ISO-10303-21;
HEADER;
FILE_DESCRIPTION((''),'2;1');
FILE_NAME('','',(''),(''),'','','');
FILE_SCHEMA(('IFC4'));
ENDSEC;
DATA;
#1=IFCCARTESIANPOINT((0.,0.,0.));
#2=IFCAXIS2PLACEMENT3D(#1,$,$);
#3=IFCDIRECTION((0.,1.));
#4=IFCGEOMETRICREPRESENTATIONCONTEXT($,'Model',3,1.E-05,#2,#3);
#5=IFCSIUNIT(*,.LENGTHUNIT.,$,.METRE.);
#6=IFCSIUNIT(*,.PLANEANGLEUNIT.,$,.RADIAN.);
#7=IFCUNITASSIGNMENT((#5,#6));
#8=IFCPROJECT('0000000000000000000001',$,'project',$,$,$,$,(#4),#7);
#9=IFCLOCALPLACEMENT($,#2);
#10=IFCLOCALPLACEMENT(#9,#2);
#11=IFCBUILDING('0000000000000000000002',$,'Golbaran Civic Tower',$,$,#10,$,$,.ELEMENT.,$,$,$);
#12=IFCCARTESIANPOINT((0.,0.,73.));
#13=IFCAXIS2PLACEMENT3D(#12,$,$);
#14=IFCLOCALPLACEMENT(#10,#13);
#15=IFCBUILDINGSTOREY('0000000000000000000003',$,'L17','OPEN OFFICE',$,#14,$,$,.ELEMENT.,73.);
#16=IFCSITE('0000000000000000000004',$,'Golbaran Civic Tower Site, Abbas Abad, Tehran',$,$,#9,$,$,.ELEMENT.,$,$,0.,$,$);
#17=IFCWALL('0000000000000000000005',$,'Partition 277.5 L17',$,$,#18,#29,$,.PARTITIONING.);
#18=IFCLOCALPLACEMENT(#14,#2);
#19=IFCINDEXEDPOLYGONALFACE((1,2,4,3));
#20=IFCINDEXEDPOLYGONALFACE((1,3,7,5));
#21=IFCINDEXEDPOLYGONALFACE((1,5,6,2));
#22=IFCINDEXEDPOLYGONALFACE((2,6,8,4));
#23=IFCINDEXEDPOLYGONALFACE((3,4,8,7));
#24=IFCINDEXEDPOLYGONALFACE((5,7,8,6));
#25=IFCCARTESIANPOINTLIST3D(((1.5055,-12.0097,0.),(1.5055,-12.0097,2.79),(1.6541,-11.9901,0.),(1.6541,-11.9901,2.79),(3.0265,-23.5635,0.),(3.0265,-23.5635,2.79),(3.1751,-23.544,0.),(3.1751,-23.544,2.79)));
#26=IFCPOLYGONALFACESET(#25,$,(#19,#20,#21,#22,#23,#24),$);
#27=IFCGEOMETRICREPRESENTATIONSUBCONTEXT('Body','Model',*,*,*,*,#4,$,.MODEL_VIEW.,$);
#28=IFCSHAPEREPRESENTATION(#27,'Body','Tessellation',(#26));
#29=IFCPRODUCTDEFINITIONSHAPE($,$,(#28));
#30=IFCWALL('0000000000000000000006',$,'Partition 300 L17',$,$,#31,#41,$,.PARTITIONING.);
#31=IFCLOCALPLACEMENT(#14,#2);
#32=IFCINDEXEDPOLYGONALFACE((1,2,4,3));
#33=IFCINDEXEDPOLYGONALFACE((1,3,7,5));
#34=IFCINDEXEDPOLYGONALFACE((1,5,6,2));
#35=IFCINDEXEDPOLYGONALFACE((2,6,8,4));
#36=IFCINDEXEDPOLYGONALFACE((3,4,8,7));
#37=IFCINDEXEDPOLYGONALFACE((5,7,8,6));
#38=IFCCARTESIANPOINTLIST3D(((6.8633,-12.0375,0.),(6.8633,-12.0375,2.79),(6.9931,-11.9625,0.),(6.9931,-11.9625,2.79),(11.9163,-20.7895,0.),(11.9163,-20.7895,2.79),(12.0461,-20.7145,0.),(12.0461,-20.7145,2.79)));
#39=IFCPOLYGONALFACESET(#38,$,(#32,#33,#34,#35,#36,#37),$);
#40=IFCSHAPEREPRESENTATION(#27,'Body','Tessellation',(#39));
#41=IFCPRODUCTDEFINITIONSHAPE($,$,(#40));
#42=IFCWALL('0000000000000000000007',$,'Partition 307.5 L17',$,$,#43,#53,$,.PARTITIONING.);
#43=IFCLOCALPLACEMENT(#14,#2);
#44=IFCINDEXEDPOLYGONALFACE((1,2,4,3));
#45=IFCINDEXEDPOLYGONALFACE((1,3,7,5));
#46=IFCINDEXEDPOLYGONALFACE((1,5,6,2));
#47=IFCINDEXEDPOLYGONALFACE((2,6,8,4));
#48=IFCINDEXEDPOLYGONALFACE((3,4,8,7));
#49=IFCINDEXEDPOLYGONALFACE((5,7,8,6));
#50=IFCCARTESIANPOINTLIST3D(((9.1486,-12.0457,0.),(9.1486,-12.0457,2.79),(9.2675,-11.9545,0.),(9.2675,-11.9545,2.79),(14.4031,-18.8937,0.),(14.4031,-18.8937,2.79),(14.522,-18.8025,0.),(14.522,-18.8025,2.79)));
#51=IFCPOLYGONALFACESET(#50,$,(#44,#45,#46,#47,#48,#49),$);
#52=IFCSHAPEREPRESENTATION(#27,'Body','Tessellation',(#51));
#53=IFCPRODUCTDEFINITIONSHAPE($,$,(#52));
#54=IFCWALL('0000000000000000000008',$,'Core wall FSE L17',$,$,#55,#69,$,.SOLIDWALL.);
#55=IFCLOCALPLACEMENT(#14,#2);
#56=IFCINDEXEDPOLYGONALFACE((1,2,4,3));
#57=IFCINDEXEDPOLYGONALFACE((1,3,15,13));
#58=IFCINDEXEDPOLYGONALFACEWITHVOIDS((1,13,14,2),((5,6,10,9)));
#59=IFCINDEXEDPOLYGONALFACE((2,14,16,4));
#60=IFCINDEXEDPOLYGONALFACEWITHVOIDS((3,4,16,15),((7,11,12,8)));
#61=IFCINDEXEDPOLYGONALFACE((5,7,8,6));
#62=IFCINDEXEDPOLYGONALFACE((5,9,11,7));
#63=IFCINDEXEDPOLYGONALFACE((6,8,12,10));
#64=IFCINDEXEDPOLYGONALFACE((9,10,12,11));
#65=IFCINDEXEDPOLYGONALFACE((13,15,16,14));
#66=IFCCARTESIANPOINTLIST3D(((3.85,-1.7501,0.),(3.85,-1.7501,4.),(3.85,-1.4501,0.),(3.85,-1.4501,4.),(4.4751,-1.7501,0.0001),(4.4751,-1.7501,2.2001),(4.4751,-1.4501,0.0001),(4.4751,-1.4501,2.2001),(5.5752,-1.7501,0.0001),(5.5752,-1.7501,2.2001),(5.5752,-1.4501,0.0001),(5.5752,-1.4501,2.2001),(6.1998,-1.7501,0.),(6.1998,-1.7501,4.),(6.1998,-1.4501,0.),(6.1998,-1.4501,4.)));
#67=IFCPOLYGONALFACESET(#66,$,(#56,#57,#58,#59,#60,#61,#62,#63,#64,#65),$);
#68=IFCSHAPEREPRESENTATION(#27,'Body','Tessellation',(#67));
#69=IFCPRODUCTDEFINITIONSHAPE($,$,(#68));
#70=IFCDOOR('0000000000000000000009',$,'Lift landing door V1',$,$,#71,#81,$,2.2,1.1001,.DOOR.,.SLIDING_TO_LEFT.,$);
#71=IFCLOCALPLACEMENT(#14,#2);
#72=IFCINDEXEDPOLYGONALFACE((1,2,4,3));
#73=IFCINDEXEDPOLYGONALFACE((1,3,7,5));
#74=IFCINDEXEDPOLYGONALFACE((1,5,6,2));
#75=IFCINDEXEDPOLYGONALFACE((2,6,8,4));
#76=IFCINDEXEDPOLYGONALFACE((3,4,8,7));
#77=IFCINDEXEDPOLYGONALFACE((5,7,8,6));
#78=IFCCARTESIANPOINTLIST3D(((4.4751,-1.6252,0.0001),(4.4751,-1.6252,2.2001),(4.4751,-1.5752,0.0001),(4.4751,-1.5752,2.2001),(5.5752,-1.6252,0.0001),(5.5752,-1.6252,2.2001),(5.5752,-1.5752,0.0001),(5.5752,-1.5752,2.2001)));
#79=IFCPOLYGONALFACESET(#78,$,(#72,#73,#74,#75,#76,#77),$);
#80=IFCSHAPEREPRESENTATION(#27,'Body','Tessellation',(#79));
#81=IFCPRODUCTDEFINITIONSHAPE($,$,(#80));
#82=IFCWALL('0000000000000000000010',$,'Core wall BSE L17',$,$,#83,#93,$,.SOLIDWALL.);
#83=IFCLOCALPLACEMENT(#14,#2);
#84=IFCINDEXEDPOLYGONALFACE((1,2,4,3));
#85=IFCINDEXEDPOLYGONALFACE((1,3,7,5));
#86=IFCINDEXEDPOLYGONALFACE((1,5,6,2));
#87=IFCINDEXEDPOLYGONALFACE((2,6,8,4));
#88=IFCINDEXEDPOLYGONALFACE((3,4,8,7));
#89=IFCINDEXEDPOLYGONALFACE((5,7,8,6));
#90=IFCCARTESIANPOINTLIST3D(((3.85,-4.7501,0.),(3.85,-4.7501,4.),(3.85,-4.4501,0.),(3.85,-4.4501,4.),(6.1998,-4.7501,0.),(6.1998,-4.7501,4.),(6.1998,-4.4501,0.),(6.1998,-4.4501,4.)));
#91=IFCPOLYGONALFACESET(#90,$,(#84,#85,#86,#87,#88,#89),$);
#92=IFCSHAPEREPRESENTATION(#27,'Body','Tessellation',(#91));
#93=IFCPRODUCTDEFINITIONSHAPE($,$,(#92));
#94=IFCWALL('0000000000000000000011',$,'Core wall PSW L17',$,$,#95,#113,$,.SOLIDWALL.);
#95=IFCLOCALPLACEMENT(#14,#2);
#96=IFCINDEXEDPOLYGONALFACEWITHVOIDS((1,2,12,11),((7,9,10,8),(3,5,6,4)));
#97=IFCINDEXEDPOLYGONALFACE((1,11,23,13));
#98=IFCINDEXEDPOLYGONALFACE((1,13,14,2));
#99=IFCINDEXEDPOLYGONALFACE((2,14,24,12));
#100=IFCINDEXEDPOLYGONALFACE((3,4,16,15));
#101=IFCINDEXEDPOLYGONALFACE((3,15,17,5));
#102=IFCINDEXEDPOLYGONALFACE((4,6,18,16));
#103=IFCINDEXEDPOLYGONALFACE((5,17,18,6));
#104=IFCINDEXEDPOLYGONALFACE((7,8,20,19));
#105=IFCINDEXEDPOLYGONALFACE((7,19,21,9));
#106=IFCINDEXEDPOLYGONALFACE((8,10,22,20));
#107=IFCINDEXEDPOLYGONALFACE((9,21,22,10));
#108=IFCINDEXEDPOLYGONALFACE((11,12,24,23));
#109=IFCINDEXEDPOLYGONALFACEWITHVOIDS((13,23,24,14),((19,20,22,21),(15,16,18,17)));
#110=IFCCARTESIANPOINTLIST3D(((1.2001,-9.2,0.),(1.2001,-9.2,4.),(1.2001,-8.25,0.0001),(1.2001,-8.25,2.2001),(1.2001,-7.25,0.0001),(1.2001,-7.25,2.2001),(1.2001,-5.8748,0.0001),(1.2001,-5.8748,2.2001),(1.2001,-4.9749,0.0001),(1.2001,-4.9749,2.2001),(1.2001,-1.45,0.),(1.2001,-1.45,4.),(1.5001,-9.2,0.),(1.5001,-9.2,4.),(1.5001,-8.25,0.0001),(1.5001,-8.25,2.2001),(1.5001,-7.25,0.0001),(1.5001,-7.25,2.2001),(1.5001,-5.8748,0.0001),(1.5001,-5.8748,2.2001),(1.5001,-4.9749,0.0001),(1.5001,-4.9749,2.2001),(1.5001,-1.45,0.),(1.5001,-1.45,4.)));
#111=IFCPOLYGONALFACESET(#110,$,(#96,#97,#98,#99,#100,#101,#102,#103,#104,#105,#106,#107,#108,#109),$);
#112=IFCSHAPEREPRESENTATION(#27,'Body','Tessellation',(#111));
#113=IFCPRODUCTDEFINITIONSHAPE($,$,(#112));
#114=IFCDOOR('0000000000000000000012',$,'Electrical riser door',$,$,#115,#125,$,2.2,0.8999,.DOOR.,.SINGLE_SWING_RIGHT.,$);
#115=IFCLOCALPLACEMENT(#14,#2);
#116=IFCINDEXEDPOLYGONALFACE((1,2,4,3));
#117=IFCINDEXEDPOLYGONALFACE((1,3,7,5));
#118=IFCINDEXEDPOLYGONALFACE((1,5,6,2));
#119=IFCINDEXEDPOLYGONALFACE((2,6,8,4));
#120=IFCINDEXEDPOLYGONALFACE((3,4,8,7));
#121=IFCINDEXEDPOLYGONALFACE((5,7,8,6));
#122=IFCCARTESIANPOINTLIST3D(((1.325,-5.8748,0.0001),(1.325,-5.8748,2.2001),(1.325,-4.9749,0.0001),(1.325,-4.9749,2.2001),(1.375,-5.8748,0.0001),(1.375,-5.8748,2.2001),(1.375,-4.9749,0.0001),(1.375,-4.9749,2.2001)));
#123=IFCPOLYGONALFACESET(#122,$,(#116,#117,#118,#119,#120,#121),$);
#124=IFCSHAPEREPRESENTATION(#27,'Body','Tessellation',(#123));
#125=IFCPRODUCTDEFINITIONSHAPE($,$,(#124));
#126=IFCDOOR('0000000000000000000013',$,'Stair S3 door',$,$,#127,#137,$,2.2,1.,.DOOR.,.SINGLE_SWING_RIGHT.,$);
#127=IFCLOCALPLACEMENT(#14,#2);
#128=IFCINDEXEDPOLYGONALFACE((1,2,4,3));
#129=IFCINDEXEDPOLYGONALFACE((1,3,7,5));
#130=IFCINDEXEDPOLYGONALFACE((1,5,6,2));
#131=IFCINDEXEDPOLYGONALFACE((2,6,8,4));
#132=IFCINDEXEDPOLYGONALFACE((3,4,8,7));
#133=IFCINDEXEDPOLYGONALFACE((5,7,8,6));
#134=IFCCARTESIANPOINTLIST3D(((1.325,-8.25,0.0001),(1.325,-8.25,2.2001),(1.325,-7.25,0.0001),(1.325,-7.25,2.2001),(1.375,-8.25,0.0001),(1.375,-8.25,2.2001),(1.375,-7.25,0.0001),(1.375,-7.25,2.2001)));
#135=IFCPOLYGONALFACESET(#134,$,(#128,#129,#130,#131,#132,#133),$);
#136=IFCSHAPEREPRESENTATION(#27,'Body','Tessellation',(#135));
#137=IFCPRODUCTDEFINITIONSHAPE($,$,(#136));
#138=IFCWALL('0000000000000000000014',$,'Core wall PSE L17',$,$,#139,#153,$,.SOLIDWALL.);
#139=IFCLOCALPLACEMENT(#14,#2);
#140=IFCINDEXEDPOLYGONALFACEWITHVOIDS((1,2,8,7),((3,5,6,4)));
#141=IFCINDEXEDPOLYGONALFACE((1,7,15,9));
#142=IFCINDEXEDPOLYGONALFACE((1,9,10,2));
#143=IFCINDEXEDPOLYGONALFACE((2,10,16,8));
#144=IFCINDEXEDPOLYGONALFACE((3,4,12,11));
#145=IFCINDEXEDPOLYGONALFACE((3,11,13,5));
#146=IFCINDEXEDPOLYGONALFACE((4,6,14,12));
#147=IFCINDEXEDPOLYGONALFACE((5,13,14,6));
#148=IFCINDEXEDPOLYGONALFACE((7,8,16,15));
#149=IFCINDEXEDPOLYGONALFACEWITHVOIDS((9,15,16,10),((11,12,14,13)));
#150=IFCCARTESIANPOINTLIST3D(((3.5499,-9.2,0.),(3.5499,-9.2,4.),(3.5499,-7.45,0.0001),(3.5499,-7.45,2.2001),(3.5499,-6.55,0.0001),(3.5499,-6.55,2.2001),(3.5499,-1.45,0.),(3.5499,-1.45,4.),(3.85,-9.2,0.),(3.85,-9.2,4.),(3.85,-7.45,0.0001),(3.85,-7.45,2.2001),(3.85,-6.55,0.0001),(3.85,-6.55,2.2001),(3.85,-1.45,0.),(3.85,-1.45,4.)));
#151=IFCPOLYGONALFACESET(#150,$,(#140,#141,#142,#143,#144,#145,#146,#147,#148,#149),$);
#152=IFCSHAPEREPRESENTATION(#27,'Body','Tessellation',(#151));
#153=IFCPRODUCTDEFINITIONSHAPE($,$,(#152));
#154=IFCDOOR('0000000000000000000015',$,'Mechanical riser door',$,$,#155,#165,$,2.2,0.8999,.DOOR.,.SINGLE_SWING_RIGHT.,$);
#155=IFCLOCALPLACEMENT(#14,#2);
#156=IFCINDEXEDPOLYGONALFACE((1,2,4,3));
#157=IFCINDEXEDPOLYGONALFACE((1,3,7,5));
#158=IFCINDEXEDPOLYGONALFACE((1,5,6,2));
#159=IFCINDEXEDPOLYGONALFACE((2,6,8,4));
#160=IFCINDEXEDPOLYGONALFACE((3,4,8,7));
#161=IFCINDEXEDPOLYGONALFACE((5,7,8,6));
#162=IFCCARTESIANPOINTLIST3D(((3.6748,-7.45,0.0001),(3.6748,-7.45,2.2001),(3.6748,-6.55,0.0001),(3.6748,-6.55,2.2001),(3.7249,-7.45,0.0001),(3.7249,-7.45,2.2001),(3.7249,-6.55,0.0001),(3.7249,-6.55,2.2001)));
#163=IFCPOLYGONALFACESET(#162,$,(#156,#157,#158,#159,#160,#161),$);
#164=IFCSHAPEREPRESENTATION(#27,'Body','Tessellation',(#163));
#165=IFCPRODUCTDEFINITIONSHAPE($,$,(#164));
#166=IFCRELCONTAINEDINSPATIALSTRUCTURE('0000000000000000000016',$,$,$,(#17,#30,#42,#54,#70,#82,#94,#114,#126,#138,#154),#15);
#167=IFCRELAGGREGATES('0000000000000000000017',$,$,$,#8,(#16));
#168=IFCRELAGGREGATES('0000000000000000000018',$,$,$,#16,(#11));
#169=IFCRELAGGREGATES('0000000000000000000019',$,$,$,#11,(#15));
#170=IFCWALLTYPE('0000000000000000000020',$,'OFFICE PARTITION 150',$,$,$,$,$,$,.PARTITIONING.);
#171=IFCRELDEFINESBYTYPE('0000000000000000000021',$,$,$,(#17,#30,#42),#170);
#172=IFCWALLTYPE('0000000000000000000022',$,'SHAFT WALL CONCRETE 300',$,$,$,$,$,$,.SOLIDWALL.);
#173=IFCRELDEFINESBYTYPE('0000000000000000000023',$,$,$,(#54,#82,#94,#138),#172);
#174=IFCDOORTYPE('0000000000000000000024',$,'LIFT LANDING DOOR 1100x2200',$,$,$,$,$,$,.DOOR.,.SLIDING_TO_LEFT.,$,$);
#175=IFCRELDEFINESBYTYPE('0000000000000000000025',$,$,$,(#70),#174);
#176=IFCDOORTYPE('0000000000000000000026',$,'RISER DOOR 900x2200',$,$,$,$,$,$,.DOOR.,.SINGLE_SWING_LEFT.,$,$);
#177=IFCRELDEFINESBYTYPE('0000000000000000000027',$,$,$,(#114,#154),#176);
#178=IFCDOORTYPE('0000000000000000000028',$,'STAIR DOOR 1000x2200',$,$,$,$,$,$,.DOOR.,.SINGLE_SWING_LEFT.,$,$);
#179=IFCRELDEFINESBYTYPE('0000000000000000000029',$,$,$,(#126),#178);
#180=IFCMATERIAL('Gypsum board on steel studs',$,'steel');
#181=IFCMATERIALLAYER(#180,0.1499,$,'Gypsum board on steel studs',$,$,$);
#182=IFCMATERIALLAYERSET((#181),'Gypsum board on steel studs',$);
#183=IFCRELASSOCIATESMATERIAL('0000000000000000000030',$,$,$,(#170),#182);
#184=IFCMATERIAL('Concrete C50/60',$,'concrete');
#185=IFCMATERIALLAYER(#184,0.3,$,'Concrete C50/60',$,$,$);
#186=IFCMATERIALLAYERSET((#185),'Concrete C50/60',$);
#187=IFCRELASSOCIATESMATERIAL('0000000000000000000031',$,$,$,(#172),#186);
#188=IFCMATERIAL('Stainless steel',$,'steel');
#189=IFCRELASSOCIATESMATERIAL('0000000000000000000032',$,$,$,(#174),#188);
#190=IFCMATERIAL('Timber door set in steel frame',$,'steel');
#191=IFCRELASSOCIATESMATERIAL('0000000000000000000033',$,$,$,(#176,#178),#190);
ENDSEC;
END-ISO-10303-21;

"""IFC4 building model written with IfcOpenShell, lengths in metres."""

from ifc_helpers import new_model, si_unit, direction, frame, frame_2d, origin, place, context, subcontext, project, spatial, rectangle, extrude, material, layer, layer_set, type_object, element, fill, save


model = new_model("IFC4")

# Units and contexts
model_context = context("Model", 3, precision=1e-05, world=origin(), true_north=direction((0.0, 1.0)))
body_context = subcontext(model_context, "Body", "Model", "MODEL_VIEW")
ifc_project = project(units=[si_unit("LENGTHUNIT", "METRE"), si_unit("PLANEANGLEUNIT", "RADIAN")], contexts=[model_context])

# Site, building, storey
site_placement = place(None, origin())
site = spatial("IfcSite", under=ifc_project, at=site_placement, Name="Golbaran Civic Tower Site, Abbas Abad, Tehran", CompositionType="ELEMENT", RefElevation=0.0)
building_placement = place(site_placement, origin())
building = spatial("IfcBuilding", under=site, at=building_placement, Name="Golbaran Civic Tower", CompositionType="ELEMENT")
storey_placement = place(building_placement, frame((0.0, 0.0, 73.0)))
storey = spatial("IfcBuildingStorey", under=building, at=storey_placement, Name="L17", Description="OPEN OFFICE", CompositionType="ELEMENT", Elevation=73.0)

# Shared definitions
ifc_material_1 = material(Name="Timber door set in steel frame", Category="steel")

# Walls
ifc_material_2 = material(Name="Gypsum board on steel studs", Category="steel")
ifc_layer_1 = layer(ifc_material_2, 0.1499, Name="Gypsum board on steel studs")
ifc_layer_set_1 = layer_set([ifc_layer_1], Name="Gypsum board on steel studs")
wall_type_1 = type_object("IfcWallType", Name="OFFICE PARTITION 150", PredefinedType="PARTITIONING", material=ifc_layer_set_1)
wall_1_placement = place(storey_placement, frame((1.5798, -12.0, 0.0), z_axis=(0.0, 0.0, 1.0), x_axis=(0.130517, -0.991446, 0.0)))
element("IfcWall", 1, at=wall_1_placement, inside=storey, type_object=wall_type_1, Name="Partition 277.5 L17", PredefinedType="PARTITIONING", context=body_context, shape_type="SweptSolid", body=[
    extrude(rectangle(XDim=11.6536, YDim=0.1499, at=frame_2d((5.8267, 0.0))), origin(), (0.0, 0.0, 1.0), 2.79),
])
wall_2_placement = place(storey_placement, frame((6.9282, -12.0, 0.0), z_axis=(0.0, 0.0, 1.0), x_axis=(0.500003, -0.866024, 0.0)))
element("IfcWall", 2, at=wall_2_placement, inside=storey, type_object=wall_type_1, Name="Partition 300 L17", PredefinedType="PARTITIONING", context=body_context, shape_type="SweptSolid", body=[
    extrude(rectangle(XDim=10.106, YDim=0.1499, at=frame_2d((5.053, 0.0))), origin(), (0.0, 0.0, 1.0), 2.79),
])
wall_3_placement = place(storey_placement, frame((9.208, -12.0, 0.0), z_axis=(0.0, 0.0, 1.0), x_axis=(0.608748, -0.793364, 0.0)))
element("IfcWall", 3, at=wall_3_placement, inside=storey, type_object=wall_type_1, Name="Partition 307.5 L17", PredefinedType="PARTITIONING", context=body_context, shape_type="SweptSolid", body=[
    extrude(rectangle(XDim=8.6316, YDim=0.1499, at=frame_2d((4.3159, 0.0))), origin(), (0.0, 0.0, 1.0), 2.79),
])

# Wall, opening, door
ifc_material_3 = material(Name="Concrete C50/60", Category="concrete")
ifc_layer_2 = layer(ifc_material_3, 0.3, Name="Concrete C50/60")
ifc_layer_set_2 = layer_set([ifc_layer_2], Name="Concrete C50/60")
wall_type_2 = type_object("IfcWallType", Name="SHAFT WALL CONCRETE 300", PredefinedType="SOLIDWALL", material=ifc_layer_set_2)
wall_4_placement = place(storey_placement, frame((3.8501, -1.6001, 0.0), z_axis=(0.0, 0.0, 1.0), x_axis=(1.0, 0.0, 0.0)))
wall_4 = element("IfcWall", 4, at=wall_4_placement, inside=storey, type_object=wall_type_2, Name="Core wall FSE L17", PredefinedType="SOLIDWALL", context=body_context, shape_type="SweptSolid", body=[
    extrude(rectangle(XDim=2.3499, YDim=0.3, at=frame_2d((1.1748, 0.0))), origin(), (0.0, 0.0, 1.0), 4.0),
])
opening_1_placement = place(wall_4_placement, frame((0.625, 0.0, 0.0)))
opening_1 = element("IfcOpeningElement", 5, at=opening_1_placement, cuts=wall_4, PredefinedType="OPENING", context=body_context, shape_type="SweptSolid", body=[
    extrude(rectangle(XDim=1.1001, YDim=2.2, at=frame_2d((0.55, 1.1001))), frame((0.0, 0.1599, 0.0), z_axis=(0.0, -1.0, 0.0), x_axis=(1.0, 0.0, 0.0)), (0.0, 0.0, 1.0), 0.3201),
])
ifc_material_4 = material(Name="Stainless steel", Category="steel")
door_type_1 = type_object("IfcDoorType", Name="LIFT LANDING DOOR 1100x2200", OperationType="SLIDING_TO_LEFT", PredefinedType="DOOR", material=ifc_material_4)
door_1_placement = place(opening_1_placement, origin())
door_1 = element("IfcDoor", 6, at=door_1_placement, inside=storey, type_object=door_type_1, Name="Lift landing door V1", OperationType="SLIDING_TO_LEFT", OverallHeight=2.2, OverallWidth=1.1001, PredefinedType="DOOR", context=body_context, shape_type="SweptSolid", body=[
    extrude(rectangle(XDim=1.1001, YDim=2.2, at=frame_2d((0.55, 1.1001))), frame((0.0, 0.0249, 0.0), z_axis=(0.0, -1.0, 0.0), x_axis=(1.0, 0.0, 0.0)), (0.0, 0.0, 1.0), 0.05),
])
fill(opening_1, door_1)

# Wall
wall_5_placement = place(storey_placement, frame((3.8501, -4.6001, 0.0), z_axis=(0.0, 0.0, 1.0), x_axis=(1.0, 0.0, 0.0)))
element("IfcWall", 7, at=wall_5_placement, inside=storey, type_object=wall_type_2, Name="Core wall BSE L17", PredefinedType="SOLIDWALL", context=body_context, shape_type="SweptSolid", body=[
    extrude(rectangle(XDim=2.3499, YDim=0.3, at=frame_2d((1.1748, 0.0))), origin(), (0.0, 0.0, 1.0), 4.0),
])

# Wall, openings, doors
wall_6_placement = place(storey_placement, frame((1.3501, -1.45, 0.0), z_axis=(0.0, 0.0, 1.0), x_axis=(0.0, -1.0, 0.0)))
wall_6 = element("IfcWall", 8, at=wall_6_placement, inside=storey, type_object=wall_type_2, Name="Core wall PSW L17", PredefinedType="SOLIDWALL", context=body_context, shape_type="SweptSolid", body=[
    extrude(rectangle(XDim=7.75, YDim=0.3, at=frame_2d((3.875, 0.0))), origin(), (0.0, 0.0, 1.0), 4.0),
])
opening_2_placement = place(wall_6_placement, frame((5.8, 0.0, 0.0)))
opening_2 = element("IfcOpeningElement", 9, at=opening_2_placement, cuts=wall_6, PredefinedType="OPENING", context=body_context, shape_type="SweptSolid", body=[
    extrude(rectangle(XDim=1.0, YDim=2.2, at=frame_2d((0.5, 1.1001))), frame((0.0, 0.1599, 0.0), z_axis=(0.0, -1.0, 0.0), x_axis=(1.0, 0.0, 0.0)), (0.0, 0.0, 1.0), 0.3201),
])
opening_3_placement = place(wall_6_placement, frame((3.5249, 0.0, 0.0)))
opening_3 = element("IfcOpeningElement", 10, at=opening_3_placement, cuts=wall_6, PredefinedType="OPENING", context=body_context, shape_type="SweptSolid", body=[
    extrude(rectangle(XDim=0.8999, YDim=2.2, at=frame_2d((0.45, 1.1001))), frame((0.0, 0.1599, 0.0), z_axis=(0.0, -1.0, 0.0), x_axis=(1.0, 0.0, 0.0)), (0.0, 0.0, 1.0), 0.3201),
])
door_type_2 = type_object("IfcDoorType", Name="RISER DOOR 900x2200", OperationType="SINGLE_SWING_LEFT", PredefinedType="DOOR", material=ifc_material_1)
door_2_placement = place(opening_3_placement, origin())
door_2 = element("IfcDoor", 11, at=door_2_placement, inside=storey, type_object=door_type_2, Name="Electrical riser door", OperationType="SINGLE_SWING_RIGHT", OverallHeight=2.2, OverallWidth=0.8999, PredefinedType="DOOR", context=body_context, shape_type="SweptSolid", body=[
    extrude(rectangle(XDim=0.8999, YDim=2.2, at=frame_2d((0.45, 1.1001))), frame((0.0, 0.0249, 0.0), z_axis=(0.0, -1.0, 0.0), x_axis=(1.0, 0.0, 0.0)), (0.0, 0.0, 1.0), 0.05),
])
fill(opening_3, door_2)
door_type_3 = type_object("IfcDoorType", Name="STAIR DOOR 1000x2200", OperationType="SINGLE_SWING_LEFT", PredefinedType="DOOR", material=ifc_material_1)
door_3_placement = place(opening_2_placement, origin())
door_3 = element("IfcDoor", 12, at=door_3_placement, inside=storey, type_object=door_type_3, Name="Stair S3 door", OperationType="SINGLE_SWING_RIGHT", OverallHeight=2.2, OverallWidth=1.0, PredefinedType="DOOR", context=body_context, shape_type="SweptSolid", body=[
    extrude(rectangle(XDim=1.0, YDim=2.2, at=frame_2d((0.5, 1.1001))), frame((0.0, 0.0249, 0.0), z_axis=(0.0, -1.0, 0.0), x_axis=(1.0, 0.0, 0.0)), (0.0, 0.0, 1.0), 0.05),
])
fill(opening_2, door_3)

# Wall, opening, door
wall_7_placement = place(storey_placement, frame((3.7, -1.45, 0.0), z_axis=(0.0, 0.0, 1.0), x_axis=(0.0, -1.0, 0.0)))
wall_7 = element("IfcWall", 13, at=wall_7_placement, inside=storey, type_object=wall_type_2, Name="Core wall PSE L17", PredefinedType="SOLIDWALL", context=body_context, shape_type="SweptSolid", body=[
    extrude(rectangle(XDim=7.75, YDim=0.3, at=frame_2d((3.875, 0.0))), origin(), (0.0, 0.0, 1.0), 4.0),
])
opening_4_placement = place(wall_7_placement, frame((5.1001, 0.0, 0.0)))
opening_4 = element("IfcOpeningElement", 14, at=opening_4_placement, cuts=wall_7, PredefinedType="OPENING", context=body_context, shape_type="SweptSolid", body=[
    extrude(rectangle(XDim=0.8999, YDim=2.2, at=frame_2d((0.45, 1.1001))), frame((0.0, 0.1599, 0.0), z_axis=(0.0, -1.0, 0.0), x_axis=(1.0, 0.0, 0.0)), (0.0, 0.0, 1.0), 0.3201),
])
door_4_placement = place(opening_4_placement, origin())
door_4 = element("IfcDoor", 15, at=door_4_placement, inside=storey, type_object=door_type_2, Name="Mechanical riser door", OperationType="SINGLE_SWING_RIGHT", OverallHeight=2.2, OverallWidth=0.8999, PredefinedType="DOOR", context=body_context, shape_type="SweptSolid", body=[
    extrude(rectangle(XDim=0.8999, YDim=2.2, at=frame_2d((0.45, 1.1001))), frame((0.0, 0.0249, 0.0), z_axis=(0.0, -1.0, 0.0), x_axis=(1.0, 0.0, 0.0)), (0.0, 0.0, 1.0), 0.05),
])
fill(opening_4, door_4)

save(model, "model.ifc")
